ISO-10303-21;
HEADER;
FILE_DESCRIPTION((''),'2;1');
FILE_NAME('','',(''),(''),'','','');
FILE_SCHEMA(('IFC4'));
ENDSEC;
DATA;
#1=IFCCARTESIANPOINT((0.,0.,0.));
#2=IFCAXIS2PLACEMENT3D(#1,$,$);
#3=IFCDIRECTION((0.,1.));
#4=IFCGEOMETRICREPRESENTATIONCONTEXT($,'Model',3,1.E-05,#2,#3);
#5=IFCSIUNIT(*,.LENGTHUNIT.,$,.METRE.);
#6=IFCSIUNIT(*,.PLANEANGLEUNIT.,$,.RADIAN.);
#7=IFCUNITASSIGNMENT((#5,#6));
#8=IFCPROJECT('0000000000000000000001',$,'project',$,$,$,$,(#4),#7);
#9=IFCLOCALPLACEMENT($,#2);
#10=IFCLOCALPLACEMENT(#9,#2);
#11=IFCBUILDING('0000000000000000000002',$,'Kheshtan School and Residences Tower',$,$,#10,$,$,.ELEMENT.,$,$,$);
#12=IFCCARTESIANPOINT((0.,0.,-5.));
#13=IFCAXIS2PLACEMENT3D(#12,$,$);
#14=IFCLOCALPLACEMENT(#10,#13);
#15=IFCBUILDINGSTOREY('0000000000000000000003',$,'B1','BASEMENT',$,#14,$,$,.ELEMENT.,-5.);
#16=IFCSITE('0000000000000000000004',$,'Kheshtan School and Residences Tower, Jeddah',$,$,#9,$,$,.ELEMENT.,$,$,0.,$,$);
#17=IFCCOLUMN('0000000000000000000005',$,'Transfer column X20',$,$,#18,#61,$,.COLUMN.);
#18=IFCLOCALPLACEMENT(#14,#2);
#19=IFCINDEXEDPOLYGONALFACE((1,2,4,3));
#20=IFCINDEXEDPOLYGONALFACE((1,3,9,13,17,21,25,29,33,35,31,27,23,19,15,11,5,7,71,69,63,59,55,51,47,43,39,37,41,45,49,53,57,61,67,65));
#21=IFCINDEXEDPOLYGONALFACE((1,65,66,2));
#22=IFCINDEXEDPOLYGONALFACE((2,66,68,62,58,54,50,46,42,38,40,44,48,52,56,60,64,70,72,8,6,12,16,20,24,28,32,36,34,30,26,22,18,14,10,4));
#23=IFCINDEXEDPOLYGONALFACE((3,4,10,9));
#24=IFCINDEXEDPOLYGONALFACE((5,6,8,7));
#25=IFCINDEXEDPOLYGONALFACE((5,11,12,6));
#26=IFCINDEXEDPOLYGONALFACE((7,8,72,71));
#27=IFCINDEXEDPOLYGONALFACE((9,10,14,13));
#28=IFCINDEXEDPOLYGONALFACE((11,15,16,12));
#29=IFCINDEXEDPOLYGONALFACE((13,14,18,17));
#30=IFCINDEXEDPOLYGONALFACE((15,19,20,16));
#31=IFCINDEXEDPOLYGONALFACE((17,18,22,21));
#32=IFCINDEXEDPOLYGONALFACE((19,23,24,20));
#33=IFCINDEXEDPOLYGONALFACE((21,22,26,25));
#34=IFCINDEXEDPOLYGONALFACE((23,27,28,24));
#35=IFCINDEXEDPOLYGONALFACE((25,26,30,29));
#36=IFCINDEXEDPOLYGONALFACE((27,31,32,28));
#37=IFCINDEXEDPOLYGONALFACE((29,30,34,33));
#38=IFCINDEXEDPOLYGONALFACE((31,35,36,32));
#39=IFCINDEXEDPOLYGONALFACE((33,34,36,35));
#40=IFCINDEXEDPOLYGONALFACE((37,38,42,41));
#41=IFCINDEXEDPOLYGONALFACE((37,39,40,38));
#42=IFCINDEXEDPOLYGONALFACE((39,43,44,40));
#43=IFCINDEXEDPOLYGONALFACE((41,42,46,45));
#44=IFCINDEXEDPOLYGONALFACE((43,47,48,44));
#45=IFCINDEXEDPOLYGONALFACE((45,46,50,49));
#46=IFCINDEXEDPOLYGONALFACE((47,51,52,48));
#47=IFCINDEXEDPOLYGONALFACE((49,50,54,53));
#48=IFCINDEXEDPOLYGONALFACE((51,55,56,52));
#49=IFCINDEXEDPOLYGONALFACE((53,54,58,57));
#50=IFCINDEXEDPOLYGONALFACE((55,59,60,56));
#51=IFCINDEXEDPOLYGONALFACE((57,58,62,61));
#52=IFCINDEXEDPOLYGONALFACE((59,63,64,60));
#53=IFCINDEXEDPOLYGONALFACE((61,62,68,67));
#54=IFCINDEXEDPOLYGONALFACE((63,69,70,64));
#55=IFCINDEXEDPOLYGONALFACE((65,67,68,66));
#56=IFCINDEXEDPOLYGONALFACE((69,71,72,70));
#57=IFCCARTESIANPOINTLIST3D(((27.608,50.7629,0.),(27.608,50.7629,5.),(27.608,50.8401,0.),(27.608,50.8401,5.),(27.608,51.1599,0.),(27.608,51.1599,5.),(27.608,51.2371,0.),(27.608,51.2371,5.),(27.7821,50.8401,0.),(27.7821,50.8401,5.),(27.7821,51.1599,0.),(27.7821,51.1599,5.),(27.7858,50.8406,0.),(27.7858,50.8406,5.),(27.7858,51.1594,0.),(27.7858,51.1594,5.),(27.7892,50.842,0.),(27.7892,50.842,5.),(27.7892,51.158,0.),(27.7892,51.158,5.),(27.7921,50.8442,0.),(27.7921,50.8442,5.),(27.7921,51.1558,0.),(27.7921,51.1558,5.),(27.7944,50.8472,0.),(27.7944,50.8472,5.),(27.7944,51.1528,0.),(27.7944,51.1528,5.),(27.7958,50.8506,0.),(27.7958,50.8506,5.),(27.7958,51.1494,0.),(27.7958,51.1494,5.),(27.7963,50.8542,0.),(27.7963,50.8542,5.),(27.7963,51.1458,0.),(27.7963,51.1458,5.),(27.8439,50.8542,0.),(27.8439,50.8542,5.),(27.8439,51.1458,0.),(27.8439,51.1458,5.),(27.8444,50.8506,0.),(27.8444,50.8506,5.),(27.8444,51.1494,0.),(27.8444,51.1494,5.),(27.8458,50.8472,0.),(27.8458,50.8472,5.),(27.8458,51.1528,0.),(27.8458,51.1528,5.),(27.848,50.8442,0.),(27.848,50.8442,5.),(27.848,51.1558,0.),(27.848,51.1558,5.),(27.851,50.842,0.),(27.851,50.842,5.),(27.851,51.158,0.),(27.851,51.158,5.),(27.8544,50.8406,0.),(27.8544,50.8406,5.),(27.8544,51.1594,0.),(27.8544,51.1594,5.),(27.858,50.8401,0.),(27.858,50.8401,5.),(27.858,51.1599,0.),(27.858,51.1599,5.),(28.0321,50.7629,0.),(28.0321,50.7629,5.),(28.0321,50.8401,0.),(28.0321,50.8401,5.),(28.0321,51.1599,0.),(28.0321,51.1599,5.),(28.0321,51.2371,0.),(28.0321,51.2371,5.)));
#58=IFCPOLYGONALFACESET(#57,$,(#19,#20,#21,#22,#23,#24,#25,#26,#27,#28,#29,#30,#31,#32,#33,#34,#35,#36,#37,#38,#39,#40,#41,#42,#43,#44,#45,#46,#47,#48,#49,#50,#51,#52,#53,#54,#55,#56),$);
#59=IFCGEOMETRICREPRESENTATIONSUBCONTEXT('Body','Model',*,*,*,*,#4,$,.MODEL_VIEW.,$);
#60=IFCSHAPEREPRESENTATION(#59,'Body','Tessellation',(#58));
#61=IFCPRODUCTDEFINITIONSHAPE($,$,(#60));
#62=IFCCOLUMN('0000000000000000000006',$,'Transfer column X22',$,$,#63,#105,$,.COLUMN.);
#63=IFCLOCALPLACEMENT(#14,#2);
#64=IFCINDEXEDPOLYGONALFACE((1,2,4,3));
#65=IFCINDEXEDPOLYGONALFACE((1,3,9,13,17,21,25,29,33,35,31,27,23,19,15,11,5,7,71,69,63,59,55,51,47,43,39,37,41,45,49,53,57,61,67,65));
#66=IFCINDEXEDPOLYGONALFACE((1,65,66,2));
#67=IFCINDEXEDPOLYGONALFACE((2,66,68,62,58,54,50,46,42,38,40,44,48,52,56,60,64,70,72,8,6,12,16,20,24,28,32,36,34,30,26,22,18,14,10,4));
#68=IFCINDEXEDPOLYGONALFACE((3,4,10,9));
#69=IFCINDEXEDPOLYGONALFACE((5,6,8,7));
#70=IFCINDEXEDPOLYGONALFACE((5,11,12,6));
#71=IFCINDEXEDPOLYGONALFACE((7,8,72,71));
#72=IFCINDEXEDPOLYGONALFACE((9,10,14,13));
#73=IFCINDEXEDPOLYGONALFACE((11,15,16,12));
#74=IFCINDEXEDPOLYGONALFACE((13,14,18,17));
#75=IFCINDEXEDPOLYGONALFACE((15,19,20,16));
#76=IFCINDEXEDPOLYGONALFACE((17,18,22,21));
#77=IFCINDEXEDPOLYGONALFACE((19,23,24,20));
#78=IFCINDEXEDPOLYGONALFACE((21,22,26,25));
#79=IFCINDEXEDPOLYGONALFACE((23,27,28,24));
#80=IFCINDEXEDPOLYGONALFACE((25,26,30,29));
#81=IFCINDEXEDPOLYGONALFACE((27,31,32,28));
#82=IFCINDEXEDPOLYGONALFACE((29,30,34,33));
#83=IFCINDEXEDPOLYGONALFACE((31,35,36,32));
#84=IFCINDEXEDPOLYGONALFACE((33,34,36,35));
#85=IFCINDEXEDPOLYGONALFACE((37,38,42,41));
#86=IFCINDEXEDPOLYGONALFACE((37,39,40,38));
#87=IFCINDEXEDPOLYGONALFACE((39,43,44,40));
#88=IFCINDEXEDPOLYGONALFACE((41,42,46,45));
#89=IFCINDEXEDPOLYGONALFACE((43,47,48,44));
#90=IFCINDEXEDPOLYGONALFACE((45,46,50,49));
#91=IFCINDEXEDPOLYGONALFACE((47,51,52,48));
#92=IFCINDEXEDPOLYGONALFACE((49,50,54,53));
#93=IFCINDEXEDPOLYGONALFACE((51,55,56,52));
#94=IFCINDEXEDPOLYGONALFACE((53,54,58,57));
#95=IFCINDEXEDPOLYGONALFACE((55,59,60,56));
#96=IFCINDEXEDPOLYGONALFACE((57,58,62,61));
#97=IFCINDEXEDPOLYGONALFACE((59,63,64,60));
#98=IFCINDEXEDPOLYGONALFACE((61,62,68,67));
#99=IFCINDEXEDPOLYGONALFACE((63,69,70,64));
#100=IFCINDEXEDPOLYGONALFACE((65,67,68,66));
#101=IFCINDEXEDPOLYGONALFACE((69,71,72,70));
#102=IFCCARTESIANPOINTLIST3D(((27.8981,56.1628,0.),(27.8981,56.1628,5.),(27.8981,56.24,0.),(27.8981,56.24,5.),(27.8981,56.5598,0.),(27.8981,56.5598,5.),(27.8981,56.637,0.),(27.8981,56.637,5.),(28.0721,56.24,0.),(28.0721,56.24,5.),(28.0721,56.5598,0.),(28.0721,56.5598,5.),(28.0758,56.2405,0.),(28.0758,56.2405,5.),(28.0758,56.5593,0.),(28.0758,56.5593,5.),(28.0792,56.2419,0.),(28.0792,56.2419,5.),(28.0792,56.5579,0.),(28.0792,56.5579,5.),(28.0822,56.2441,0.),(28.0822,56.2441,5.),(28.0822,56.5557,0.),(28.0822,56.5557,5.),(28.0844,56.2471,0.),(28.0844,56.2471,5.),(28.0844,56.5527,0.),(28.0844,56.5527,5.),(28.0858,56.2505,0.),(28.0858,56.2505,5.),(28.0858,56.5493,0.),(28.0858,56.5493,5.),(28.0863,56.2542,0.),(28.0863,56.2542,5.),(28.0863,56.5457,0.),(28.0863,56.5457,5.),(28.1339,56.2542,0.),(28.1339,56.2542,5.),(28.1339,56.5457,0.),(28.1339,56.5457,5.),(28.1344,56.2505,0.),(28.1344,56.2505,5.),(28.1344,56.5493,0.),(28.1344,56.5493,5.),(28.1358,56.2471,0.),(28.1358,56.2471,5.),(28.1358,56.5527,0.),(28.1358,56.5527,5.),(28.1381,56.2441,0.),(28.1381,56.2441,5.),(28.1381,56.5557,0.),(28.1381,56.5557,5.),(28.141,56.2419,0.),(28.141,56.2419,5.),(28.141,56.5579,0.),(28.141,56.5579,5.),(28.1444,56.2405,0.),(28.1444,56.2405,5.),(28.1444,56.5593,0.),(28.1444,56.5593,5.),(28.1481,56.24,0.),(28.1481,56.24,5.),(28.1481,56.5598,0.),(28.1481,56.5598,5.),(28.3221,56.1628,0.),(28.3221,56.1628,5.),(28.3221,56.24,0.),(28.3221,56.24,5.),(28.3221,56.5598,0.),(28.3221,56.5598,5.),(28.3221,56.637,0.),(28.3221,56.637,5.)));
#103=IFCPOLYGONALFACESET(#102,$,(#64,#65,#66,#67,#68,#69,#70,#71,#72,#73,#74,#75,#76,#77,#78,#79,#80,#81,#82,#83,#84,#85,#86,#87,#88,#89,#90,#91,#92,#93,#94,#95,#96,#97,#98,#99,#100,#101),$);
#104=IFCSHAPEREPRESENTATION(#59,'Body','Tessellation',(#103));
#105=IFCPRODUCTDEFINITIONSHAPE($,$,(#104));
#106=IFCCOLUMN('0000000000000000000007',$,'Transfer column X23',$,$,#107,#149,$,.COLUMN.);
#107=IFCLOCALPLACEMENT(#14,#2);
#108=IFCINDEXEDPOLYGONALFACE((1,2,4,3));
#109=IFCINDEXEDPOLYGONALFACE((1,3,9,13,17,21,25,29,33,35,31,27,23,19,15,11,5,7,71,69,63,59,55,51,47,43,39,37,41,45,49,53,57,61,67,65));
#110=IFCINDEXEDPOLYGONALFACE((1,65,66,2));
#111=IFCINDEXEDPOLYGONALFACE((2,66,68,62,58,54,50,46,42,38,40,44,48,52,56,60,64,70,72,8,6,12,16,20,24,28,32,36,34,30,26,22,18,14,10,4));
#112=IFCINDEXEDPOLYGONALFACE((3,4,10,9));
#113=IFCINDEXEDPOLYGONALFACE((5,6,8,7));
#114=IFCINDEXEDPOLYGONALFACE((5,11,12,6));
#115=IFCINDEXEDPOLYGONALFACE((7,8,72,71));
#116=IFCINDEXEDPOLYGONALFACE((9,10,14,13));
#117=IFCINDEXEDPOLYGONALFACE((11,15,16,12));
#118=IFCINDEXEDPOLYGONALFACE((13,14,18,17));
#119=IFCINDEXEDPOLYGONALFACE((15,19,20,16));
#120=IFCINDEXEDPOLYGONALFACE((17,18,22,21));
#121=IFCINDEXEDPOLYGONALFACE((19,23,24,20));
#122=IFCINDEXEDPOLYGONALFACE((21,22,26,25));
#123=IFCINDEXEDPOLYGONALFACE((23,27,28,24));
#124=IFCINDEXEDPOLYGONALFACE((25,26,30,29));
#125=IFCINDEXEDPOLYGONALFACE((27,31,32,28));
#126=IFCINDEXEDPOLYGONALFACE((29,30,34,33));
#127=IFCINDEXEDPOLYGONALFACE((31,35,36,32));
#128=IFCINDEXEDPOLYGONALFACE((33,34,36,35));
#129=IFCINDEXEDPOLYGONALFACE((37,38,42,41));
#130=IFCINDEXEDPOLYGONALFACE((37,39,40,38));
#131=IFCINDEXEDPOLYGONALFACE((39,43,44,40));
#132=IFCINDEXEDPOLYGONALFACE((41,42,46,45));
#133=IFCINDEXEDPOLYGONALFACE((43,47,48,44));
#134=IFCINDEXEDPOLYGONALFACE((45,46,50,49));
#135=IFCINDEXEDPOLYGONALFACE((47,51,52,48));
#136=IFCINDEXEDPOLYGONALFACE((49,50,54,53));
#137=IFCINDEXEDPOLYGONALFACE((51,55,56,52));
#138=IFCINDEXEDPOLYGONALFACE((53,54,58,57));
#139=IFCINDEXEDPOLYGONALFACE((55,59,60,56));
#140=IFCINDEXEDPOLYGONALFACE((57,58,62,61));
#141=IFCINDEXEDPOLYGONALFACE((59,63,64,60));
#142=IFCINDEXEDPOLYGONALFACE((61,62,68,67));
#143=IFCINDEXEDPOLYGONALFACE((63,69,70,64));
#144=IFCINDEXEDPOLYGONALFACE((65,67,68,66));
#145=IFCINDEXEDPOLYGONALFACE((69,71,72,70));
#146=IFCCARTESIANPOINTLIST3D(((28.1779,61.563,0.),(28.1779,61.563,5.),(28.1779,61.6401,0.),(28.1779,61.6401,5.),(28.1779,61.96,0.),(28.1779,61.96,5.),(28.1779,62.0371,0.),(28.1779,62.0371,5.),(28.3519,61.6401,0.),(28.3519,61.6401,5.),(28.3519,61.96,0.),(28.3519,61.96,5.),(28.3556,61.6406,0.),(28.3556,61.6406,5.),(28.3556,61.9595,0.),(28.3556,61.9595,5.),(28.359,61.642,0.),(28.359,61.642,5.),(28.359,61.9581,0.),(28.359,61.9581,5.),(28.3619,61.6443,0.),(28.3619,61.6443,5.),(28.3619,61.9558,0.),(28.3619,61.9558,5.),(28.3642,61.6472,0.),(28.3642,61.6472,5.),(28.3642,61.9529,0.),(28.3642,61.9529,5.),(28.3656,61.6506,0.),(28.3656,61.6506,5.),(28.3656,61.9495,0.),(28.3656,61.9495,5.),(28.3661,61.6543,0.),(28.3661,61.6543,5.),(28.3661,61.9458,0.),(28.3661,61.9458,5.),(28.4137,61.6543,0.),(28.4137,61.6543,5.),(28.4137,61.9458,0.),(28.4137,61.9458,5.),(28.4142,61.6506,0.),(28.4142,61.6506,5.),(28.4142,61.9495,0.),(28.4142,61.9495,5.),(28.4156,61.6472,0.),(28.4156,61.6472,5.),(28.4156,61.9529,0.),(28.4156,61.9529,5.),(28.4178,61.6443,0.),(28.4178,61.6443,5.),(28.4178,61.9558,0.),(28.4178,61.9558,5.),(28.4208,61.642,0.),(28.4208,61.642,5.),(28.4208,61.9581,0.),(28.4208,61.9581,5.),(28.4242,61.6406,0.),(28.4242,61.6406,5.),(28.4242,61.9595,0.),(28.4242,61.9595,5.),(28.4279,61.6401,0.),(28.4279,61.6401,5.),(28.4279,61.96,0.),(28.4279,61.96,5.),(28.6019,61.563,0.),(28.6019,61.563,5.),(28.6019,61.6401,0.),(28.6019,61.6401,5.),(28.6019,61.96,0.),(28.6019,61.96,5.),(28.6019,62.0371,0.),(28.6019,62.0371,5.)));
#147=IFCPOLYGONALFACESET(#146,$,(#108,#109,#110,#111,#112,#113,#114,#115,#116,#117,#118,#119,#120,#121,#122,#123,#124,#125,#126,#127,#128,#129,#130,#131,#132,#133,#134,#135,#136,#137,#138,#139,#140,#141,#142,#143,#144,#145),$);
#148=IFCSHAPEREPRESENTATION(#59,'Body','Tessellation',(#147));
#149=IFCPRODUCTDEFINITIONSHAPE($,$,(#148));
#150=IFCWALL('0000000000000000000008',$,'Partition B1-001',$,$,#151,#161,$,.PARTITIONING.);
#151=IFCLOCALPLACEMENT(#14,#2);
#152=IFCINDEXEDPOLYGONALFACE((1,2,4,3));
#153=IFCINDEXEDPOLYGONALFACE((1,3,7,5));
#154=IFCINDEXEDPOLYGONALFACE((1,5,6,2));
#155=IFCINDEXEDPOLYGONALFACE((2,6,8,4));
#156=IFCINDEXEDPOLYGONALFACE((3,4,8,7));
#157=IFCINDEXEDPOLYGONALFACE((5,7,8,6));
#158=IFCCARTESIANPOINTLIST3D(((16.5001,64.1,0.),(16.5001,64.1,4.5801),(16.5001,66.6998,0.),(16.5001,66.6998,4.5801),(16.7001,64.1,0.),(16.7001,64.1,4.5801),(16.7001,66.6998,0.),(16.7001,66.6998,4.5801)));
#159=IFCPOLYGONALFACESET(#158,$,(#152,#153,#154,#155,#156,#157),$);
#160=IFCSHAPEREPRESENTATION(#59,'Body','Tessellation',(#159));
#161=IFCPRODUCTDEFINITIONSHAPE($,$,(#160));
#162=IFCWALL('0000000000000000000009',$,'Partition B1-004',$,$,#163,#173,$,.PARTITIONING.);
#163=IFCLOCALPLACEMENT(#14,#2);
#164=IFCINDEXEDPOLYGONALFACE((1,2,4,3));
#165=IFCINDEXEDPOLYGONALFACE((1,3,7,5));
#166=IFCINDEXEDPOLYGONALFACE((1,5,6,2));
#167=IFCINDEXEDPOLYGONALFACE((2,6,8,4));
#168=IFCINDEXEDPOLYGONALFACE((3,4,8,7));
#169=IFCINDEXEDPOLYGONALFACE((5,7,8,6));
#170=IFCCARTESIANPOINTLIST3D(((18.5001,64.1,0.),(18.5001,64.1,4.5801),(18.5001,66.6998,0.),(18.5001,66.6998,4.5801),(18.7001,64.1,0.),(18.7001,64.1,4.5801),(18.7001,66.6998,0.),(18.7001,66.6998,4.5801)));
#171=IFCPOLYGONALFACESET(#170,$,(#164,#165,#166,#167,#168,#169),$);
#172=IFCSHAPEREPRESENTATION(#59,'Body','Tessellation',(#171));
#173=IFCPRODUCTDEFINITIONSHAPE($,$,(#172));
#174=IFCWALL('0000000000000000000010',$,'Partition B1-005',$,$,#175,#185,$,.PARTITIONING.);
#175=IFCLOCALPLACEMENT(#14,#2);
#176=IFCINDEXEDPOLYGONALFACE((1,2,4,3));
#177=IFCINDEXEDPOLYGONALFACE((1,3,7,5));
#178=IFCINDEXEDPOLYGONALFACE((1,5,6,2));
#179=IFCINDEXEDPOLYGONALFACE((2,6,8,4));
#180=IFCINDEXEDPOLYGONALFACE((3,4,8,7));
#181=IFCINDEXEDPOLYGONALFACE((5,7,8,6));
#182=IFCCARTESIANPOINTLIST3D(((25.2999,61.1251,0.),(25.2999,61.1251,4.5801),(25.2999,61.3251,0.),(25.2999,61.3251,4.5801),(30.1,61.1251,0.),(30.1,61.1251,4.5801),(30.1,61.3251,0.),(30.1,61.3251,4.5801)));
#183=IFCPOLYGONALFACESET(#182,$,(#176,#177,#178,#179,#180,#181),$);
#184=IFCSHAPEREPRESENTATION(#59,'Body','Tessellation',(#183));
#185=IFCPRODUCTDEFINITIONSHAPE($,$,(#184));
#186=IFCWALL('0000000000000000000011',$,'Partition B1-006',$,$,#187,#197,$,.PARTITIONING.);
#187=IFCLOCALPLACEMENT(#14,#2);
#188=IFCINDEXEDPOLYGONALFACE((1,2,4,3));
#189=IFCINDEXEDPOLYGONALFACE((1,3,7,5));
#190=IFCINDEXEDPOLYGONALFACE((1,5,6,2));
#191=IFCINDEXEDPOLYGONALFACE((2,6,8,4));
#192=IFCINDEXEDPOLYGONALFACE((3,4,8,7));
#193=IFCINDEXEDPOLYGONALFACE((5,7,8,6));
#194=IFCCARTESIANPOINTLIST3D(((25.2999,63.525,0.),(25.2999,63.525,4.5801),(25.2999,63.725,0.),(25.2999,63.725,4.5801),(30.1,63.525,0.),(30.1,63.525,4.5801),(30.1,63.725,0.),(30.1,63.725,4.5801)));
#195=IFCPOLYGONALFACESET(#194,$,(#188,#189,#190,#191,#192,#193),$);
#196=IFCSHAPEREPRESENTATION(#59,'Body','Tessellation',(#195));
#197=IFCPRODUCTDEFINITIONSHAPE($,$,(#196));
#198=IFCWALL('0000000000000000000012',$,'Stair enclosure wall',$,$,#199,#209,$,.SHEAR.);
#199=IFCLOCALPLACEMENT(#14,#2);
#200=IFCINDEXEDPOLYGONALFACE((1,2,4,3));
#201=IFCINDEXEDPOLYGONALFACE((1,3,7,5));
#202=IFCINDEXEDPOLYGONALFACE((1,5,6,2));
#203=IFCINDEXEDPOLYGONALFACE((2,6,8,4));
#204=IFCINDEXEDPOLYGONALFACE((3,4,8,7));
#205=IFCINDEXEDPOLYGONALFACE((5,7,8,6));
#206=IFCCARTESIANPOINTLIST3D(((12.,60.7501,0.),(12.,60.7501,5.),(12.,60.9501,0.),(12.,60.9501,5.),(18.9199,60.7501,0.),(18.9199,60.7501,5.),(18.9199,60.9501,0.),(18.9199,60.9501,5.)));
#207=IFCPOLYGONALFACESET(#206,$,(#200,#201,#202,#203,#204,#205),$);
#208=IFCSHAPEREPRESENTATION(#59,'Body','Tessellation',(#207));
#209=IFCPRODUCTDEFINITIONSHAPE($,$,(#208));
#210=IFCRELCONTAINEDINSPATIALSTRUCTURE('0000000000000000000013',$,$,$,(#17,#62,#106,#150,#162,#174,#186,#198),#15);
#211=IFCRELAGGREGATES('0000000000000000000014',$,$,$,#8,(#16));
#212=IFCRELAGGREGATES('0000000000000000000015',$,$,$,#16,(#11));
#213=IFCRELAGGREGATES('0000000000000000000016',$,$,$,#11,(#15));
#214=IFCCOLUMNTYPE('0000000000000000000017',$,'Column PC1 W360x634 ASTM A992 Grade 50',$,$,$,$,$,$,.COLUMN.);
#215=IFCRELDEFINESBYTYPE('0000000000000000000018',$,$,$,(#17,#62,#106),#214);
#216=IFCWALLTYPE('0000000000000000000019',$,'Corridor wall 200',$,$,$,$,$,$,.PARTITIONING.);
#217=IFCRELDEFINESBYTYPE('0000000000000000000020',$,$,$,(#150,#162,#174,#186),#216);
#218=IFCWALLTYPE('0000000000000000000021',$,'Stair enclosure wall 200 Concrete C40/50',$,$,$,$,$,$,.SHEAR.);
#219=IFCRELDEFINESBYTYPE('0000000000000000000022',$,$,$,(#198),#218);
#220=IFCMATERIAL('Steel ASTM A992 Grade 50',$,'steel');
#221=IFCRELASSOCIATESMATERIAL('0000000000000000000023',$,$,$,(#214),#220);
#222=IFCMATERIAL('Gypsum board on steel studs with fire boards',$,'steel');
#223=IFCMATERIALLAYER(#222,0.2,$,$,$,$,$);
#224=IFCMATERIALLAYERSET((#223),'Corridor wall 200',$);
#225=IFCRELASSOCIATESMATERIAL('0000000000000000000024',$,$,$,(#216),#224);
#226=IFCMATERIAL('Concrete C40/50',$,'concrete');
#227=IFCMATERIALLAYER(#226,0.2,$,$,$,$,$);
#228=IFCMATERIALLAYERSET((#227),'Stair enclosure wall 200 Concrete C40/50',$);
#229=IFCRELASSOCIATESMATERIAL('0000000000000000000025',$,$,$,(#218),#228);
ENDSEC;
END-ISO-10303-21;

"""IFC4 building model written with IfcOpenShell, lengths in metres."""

from ifc_helpers import new_model, si_unit, direction, frame, frame_2d, origin, origin_2d, place, context, subcontext, project, spatial, rectangle, i_section, extrude, material, layer, layer_set, material_profile, profile_set, type_object, element, save


model = new_model("IFC4")

# Units and contexts
model_context = context("Model", 3, precision=1e-05, world=origin(), true_north=direction((0.0, 1.0)))
body_context = subcontext(model_context, "Body", "Model", "MODEL_VIEW")
ifc_project = project(units=[si_unit("LENGTHUNIT", "METRE"), si_unit("PLANEANGLEUNIT", "RADIAN")], contexts=[model_context])

# Site, building, storey
site_placement = place(None, origin())
site = spatial("IfcSite", under=ifc_project, at=site_placement, Name="Kheshtan School and Residences Tower, Jeddah", CompositionType="ELEMENT", RefElevation=0.0)
building_placement = place(site_placement, origin())
building = spatial("IfcBuilding", under=site, at=building_placement, Name="Kheshtan School and Residences Tower", CompositionType="ELEMENT")
storey_placement = place(building_placement, frame((0.0, 0.0, -5.0)))
storey = spatial("IfcBuildingStorey", under=building, at=storey_placement, Name="B1", Description="BASEMENT", CompositionType="ELEMENT", Elevation=-5.0)

# Columns
ifc_material_1 = material(Name="Steel ASTM A992 Grade 50", Category="steel")
ifc_material_profile = material_profile(ifc_material_1, i_section(OverallWidth=0.4241, OverallDepth=0.4741, WebThickness=0.0476, FlangeThickness=0.0771, FilletRadius=0.0142, at=origin_2d()), Name="W360x634")
ifc_profile_set = profile_set([ifc_material_profile], Name="Steel ASTM A992 Grade 50")
column_type = type_object("IfcColumnType", Name="Column PC1 W360x634 ASTM A992 Grade 50", PredefinedType="COLUMN", material=ifc_profile_set)
for number, where, z_axis, x_axis, name in (
    (1, (27.8201, 51.0, 0.0), (0.0, 0.0, 1.0), (1.0, 0.0, 0.0), "Transfer column X20"),
    (2, (28.1101, 56.3999, 0.0), (0.0, 0.0, 1.0), (1.0, 0.0, 0.0), "Transfer column X22"),
    (3, (28.3899, 61.8, 0.0), (0.0, 0.0, 1.0), (1.0, 0.0, 0.0), "Transfer column X23"),
):
    element("IfcColumn", number, at=place(storey_placement, frame(where, z_axis=z_axis, x_axis=x_axis)), inside=storey, type_object=column_type, Name=name, PredefinedType="COLUMN", context=body_context, shape_type="SweptSolid", body=[
        extrude(i_section(OverallWidth=0.4241, OverallDepth=0.4741, WebThickness=0.0476, FlangeThickness=0.0771, FilletRadius=0.0142, at=origin_2d()), origin(), (0.0, 0.0, 1.0), 5.0),
    ])

# Walls
ifc_material_2 = material(Name="Gypsum board on steel studs with fire boards", Category="steel")
ifc_layer_1 = layer(ifc_material_2, 0.2)
ifc_layer_set_1 = layer_set([ifc_layer_1], Name="Corridor wall 200")
wall_type_1 = type_object("IfcWallType", Name="Corridor wall 200", PredefinedType="PARTITIONING", material=ifc_layer_set_1)
for number, where, z_axis, x_axis, name in (
    (4, (16.6001, 64.1001, 0.0), (0.0, 0.0, 1.0), (0.0, 1.0, 0.0), "Partition B1-001"),
    (5, (18.6001, 64.1001, 0.0), (0.0, 0.0, 1.0), (0.0, 1.0, 0.0), "Partition B1-004"),
):
    element("IfcWall", number, at=place(storey_placement, frame(where, z_axis=z_axis, x_axis=x_axis)), inside=storey, type_object=wall_type_1, Name=name, PredefinedType="PARTITIONING", context=body_context, shape_type="SweptSolid", body=[
        extrude(rectangle(XDim=2.5999, YDim=0.2, at=frame_2d((1.2998, 0.0))), origin(), (0.0, 0.0, 1.0), 4.5801),
    ])
for number, where, z_axis, x_axis, name in (
    (6, (25.3, 61.2251, 0.0), (0.0, 0.0, 1.0), (1.0, 0.0, 0.0), "Partition B1-005"),
    (7, (25.3, 63.625, 0.0), (0.0, 0.0, 1.0), (1.0, 0.0, 0.0), "Partition B1-006"),
):
    element("IfcWall", number, at=place(storey_placement, frame(where, z_axis=z_axis, x_axis=x_axis)), inside=storey, type_object=wall_type_1, Name=name, PredefinedType="PARTITIONING", context=body_context, shape_type="SweptSolid", body=[
        extrude(rectangle(XDim=4.8, YDim=0.2, at=frame_2d((2.3999, 0.0))), origin(), (0.0, 0.0, 1.0), 4.5801),
    ])
ifc_material_3 = material(Name="Concrete C40/50", Category="concrete")
ifc_layer_2 = layer(ifc_material_3, 0.2)
ifc_layer_set_2 = layer_set([ifc_layer_2], Name="Stair enclosure wall 200 Concrete C40/50")
wall_type_2 = type_object("IfcWallType", Name="Stair enclosure wall 200 Concrete C40/50", PredefinedType="SHEAR", material=ifc_layer_set_2)
wall_1_placement = place(storey_placement, frame((12.0, 60.8501, 0.0), z_axis=(0.0, 0.0, 1.0), x_axis=(1.0, 0.0, 0.0)))
element("IfcWall", 8, at=wall_1_placement, inside=storey, type_object=wall_type_2, Name="Stair enclosure wall", PredefinedType="SHEAR", context=body_context, shape_type="SweptSolid", body=[
    extrude(rectangle(XDim=6.9199, YDim=0.2, at=frame_2d((3.46, 0.0))), origin(), (0.0, 0.0, 1.0), 5.0),
])

save(model, "model.ifc")
